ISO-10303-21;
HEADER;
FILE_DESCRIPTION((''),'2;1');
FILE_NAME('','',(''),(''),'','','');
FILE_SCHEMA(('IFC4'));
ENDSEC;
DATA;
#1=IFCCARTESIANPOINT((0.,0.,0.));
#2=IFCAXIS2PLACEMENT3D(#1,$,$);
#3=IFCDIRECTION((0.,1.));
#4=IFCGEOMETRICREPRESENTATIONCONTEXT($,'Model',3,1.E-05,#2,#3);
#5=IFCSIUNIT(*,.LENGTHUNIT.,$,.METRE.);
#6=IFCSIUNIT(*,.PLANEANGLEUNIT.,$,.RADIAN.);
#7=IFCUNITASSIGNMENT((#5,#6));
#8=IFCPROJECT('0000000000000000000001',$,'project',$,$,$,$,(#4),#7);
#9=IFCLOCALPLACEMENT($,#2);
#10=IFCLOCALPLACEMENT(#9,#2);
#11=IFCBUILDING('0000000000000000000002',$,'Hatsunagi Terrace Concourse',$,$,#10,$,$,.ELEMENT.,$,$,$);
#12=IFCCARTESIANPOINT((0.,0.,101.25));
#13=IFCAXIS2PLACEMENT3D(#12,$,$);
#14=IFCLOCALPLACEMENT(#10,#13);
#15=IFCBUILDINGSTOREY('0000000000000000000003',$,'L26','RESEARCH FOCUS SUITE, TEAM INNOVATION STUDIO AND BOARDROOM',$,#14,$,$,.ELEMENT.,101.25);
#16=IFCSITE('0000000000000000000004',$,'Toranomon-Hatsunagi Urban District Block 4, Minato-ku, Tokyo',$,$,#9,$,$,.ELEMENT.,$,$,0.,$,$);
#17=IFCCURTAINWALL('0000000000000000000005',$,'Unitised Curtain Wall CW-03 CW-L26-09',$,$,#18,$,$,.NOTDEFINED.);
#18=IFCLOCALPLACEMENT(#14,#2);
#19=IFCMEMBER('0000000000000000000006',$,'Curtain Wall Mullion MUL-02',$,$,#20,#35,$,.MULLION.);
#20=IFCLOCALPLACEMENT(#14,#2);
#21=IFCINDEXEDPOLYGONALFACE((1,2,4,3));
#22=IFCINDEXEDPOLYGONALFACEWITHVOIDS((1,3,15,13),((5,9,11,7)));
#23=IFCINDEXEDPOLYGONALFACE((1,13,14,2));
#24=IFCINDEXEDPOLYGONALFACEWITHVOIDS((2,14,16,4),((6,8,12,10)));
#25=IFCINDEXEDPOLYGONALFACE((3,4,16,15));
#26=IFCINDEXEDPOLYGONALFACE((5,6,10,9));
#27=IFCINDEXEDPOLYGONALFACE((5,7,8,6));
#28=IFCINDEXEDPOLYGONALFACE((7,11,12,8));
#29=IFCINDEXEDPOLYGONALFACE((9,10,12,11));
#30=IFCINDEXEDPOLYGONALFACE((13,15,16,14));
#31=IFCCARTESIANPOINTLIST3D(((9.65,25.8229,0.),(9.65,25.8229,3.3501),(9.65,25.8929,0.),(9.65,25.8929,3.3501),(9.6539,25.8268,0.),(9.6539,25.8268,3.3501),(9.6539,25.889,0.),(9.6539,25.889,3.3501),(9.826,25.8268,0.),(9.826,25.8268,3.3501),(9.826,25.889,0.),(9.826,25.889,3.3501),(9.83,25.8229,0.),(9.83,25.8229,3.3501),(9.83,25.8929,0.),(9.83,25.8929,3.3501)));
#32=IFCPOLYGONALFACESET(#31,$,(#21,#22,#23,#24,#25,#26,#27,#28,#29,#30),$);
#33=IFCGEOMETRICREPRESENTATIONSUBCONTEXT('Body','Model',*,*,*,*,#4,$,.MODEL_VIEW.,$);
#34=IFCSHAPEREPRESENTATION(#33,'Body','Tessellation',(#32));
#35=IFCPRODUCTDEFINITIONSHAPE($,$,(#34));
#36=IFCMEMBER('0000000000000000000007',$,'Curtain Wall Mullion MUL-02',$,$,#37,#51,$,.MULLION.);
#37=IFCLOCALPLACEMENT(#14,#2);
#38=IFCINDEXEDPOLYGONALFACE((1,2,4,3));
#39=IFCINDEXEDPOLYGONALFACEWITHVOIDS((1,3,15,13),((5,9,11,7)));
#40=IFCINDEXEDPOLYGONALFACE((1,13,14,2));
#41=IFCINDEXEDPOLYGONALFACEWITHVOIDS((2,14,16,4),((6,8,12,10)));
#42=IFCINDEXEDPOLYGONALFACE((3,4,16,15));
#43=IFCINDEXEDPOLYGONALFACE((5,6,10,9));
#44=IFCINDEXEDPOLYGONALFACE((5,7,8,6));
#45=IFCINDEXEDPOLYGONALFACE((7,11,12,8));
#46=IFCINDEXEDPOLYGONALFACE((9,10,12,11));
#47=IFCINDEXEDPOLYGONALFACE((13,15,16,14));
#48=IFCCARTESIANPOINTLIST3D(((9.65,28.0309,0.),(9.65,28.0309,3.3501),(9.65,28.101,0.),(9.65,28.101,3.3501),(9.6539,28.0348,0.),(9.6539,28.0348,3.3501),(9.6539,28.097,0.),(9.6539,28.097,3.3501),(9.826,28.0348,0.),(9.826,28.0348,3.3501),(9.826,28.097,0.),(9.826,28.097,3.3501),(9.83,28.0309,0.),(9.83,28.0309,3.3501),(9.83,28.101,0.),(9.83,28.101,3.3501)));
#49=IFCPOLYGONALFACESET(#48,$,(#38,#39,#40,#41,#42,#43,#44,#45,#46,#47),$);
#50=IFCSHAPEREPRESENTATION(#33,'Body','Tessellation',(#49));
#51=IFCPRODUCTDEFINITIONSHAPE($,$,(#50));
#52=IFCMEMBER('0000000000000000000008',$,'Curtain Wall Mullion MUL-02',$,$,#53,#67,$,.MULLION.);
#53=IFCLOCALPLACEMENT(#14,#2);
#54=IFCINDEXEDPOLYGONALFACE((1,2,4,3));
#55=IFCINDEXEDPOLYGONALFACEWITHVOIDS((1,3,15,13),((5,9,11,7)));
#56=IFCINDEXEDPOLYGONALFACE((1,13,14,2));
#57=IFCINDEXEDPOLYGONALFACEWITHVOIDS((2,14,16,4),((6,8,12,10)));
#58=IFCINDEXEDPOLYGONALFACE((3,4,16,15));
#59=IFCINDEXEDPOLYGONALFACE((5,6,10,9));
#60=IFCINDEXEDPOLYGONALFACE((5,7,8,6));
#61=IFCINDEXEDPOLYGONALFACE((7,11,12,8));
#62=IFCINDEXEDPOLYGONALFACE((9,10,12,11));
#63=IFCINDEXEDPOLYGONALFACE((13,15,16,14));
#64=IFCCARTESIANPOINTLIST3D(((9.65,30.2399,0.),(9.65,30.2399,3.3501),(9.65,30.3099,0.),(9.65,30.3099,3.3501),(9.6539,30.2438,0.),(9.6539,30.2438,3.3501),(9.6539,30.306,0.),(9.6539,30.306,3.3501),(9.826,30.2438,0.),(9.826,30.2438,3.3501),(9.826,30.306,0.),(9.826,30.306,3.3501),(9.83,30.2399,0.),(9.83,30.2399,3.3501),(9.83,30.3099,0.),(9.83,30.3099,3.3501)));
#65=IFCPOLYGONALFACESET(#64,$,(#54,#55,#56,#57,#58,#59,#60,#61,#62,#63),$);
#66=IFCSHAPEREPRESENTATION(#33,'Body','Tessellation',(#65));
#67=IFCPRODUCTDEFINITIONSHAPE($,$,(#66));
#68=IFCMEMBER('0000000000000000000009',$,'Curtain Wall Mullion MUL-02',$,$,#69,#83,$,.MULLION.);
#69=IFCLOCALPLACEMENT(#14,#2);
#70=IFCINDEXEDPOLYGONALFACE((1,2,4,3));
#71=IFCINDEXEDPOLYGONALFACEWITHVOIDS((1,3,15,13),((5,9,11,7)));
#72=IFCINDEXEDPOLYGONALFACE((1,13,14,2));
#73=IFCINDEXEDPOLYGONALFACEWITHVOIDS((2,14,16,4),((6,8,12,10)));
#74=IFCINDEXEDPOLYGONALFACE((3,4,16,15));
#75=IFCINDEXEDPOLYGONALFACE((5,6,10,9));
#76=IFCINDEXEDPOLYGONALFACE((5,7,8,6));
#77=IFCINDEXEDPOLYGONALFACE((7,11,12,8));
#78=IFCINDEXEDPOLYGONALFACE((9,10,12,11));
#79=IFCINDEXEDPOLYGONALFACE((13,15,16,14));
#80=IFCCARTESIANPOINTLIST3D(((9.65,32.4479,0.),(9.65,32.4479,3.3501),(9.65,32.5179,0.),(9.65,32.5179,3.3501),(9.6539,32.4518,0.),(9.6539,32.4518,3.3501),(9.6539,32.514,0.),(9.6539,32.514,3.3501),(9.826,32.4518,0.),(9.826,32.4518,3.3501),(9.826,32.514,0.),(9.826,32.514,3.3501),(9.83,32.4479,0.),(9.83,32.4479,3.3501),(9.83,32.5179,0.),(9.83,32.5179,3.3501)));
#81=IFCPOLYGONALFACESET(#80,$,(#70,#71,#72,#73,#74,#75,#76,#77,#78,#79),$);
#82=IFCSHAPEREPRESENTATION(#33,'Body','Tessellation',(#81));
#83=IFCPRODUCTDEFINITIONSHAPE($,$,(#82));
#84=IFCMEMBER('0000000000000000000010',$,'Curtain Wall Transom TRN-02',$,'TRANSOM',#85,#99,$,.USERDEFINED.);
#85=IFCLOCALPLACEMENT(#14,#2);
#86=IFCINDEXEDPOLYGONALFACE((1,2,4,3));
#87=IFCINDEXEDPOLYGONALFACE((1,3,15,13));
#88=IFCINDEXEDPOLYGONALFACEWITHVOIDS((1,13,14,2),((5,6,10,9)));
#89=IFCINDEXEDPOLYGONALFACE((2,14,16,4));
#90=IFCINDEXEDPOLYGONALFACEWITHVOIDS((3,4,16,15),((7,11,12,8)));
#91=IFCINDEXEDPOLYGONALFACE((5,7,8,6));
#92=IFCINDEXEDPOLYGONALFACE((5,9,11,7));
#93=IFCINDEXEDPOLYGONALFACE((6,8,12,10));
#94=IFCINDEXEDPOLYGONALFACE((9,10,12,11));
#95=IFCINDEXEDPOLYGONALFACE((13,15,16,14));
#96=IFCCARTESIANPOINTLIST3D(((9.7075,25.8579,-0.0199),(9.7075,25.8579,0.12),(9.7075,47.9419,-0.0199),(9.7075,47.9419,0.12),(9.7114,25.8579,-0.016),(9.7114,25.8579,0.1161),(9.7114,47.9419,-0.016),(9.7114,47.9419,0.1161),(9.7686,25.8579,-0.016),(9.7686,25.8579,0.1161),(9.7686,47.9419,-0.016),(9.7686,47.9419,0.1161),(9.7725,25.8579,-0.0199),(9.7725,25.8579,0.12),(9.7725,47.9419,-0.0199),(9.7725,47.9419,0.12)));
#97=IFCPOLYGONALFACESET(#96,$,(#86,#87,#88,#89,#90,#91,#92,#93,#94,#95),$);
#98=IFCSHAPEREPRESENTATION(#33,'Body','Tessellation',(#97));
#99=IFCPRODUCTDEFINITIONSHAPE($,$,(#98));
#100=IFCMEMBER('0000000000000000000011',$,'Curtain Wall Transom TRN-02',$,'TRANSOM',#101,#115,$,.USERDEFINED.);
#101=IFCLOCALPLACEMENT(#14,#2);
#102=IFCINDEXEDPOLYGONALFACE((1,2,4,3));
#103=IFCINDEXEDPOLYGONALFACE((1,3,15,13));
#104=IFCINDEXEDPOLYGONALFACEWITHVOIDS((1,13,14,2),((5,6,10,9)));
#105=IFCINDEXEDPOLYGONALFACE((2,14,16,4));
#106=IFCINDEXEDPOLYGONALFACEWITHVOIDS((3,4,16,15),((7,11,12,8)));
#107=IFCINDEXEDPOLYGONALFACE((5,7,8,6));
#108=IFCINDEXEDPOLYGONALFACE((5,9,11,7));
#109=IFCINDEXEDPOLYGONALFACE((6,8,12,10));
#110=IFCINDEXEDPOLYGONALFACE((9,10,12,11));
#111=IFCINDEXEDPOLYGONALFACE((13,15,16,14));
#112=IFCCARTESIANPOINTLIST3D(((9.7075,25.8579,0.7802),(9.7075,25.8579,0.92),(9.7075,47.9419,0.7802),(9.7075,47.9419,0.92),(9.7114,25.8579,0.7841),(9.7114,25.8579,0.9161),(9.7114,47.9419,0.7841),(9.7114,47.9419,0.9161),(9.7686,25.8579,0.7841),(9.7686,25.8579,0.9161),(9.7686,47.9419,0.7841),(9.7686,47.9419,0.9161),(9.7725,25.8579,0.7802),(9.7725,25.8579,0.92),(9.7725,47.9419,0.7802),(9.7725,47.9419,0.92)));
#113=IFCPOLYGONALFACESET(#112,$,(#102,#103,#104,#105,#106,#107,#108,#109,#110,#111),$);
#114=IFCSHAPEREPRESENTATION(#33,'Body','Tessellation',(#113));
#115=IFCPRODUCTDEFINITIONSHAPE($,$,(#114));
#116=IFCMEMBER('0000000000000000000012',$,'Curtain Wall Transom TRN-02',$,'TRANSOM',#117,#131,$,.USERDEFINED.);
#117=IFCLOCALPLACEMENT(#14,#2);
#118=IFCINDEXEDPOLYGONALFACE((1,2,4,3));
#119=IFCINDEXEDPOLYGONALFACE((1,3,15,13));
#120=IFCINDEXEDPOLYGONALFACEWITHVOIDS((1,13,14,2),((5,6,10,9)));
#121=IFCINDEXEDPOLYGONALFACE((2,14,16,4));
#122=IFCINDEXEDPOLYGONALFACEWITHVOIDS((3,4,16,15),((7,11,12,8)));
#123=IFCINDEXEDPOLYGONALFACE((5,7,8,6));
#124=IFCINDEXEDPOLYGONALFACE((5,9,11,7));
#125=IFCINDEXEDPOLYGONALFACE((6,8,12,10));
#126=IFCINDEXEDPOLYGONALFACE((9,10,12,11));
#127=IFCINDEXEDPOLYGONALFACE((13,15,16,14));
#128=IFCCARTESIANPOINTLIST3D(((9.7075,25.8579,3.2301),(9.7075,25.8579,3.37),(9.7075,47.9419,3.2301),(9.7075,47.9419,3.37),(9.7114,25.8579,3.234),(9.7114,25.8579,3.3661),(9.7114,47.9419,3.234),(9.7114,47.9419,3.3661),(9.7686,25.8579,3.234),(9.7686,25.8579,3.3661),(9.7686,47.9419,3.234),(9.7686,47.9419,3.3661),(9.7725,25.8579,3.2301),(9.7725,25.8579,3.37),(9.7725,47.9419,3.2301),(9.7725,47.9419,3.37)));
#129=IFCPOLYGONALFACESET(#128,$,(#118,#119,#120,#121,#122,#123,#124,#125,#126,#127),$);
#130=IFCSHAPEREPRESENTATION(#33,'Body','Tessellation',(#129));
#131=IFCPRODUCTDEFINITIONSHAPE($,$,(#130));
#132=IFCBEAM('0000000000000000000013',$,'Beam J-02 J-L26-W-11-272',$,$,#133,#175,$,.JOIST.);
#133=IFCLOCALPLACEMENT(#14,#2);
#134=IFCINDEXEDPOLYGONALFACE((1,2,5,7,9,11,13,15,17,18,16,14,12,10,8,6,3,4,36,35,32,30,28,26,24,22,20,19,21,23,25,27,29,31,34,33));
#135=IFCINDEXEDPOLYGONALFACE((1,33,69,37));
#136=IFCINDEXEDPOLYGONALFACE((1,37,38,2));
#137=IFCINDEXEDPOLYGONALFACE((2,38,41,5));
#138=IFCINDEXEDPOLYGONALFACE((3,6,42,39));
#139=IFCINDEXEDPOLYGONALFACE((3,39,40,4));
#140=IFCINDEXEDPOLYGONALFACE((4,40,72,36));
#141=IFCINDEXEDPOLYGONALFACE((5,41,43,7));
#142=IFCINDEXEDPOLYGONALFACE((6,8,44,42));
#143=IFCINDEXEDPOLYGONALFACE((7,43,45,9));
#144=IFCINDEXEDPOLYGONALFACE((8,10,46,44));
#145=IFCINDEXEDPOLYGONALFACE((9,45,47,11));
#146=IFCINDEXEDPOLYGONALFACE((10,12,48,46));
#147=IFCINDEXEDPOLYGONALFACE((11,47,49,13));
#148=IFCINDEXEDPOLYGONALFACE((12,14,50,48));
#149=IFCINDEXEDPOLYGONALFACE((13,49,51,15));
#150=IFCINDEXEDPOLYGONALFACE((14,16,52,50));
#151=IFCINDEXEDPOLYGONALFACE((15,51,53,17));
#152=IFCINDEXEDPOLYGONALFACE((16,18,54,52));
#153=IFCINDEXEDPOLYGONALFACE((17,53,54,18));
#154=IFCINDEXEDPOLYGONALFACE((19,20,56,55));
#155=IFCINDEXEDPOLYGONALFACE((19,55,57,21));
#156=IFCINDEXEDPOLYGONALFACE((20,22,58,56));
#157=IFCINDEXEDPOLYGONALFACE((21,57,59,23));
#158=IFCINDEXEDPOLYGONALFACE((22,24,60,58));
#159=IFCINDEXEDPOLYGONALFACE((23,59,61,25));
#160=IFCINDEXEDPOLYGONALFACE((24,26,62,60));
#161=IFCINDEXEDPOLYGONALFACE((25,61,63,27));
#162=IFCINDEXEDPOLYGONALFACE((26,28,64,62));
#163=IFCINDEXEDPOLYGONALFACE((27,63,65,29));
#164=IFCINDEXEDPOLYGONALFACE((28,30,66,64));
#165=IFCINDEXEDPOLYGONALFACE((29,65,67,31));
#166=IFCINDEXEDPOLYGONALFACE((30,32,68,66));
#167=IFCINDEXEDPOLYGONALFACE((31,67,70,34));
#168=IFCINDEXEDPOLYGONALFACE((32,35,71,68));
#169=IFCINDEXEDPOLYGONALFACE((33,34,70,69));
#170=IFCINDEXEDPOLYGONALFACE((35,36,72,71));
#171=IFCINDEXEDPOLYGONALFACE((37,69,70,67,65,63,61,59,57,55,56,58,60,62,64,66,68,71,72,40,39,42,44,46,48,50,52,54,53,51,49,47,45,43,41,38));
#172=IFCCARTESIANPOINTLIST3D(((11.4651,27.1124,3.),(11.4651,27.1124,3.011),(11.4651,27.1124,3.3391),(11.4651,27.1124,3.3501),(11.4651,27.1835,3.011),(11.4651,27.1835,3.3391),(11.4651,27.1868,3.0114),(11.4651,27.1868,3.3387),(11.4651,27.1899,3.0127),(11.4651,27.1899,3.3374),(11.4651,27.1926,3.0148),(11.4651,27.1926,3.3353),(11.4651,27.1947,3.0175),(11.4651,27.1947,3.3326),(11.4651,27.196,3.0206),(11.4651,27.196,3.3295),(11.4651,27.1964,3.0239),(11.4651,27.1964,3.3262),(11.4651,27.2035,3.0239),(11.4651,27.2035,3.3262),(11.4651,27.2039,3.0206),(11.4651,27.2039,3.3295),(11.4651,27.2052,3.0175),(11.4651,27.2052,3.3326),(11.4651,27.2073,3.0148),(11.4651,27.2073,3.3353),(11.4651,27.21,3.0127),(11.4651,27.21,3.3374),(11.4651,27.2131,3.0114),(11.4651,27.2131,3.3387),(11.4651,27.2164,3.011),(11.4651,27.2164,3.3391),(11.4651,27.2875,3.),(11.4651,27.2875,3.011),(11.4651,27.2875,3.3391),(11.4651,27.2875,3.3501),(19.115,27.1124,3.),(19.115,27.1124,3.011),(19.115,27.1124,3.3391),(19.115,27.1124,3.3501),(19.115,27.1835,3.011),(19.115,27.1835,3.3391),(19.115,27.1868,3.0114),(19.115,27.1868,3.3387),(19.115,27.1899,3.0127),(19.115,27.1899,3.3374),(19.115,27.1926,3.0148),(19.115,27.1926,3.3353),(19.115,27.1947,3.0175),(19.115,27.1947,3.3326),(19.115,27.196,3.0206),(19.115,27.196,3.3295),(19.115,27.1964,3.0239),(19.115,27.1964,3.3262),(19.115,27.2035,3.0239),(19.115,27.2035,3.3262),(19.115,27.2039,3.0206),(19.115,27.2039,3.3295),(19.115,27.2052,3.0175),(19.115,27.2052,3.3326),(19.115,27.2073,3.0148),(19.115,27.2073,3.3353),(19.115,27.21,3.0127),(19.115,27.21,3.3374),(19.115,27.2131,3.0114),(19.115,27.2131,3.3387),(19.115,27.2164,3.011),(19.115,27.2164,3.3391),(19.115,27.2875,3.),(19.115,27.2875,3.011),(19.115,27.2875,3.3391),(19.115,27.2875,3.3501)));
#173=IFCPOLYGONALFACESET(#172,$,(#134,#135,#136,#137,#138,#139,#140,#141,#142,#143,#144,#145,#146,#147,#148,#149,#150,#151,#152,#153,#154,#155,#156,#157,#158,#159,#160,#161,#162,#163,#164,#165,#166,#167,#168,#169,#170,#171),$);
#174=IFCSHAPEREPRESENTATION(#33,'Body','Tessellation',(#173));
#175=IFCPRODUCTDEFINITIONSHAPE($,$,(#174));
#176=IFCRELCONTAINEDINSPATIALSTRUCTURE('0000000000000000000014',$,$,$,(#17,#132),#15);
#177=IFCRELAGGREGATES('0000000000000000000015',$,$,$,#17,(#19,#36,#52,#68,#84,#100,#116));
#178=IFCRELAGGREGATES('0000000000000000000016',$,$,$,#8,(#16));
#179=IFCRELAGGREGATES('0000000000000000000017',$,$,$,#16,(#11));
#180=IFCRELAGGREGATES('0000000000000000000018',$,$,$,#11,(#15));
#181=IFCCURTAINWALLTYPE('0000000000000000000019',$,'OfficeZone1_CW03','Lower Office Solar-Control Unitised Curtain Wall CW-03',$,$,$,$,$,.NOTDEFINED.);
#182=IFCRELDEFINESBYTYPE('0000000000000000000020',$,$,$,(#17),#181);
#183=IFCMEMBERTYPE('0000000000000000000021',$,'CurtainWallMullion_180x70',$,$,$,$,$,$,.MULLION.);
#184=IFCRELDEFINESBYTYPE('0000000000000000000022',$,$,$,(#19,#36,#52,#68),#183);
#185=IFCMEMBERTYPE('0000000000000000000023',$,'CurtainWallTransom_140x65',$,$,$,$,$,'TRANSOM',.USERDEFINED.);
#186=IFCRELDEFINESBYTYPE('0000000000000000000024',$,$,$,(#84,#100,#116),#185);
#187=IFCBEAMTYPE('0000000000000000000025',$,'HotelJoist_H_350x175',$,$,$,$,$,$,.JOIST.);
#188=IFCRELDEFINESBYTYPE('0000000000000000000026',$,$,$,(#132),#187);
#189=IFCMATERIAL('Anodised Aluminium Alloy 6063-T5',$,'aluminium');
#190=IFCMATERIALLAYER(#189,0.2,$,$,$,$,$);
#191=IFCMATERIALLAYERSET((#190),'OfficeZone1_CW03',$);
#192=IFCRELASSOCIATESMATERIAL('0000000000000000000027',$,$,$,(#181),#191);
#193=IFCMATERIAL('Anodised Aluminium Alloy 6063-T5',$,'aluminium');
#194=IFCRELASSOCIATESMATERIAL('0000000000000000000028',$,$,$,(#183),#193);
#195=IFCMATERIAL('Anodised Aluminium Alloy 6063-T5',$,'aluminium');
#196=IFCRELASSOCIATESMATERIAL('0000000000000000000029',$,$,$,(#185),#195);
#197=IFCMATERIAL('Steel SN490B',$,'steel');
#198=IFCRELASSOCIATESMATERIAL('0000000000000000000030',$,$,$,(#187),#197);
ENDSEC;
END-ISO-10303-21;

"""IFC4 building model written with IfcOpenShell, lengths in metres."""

from ifc_helpers import new_model, si_unit, direction, frame, origin, origin_2d, place, context, subcontext, project, spatial, hollow_rectangle, i_section, extrude, material, layer, layer_set, material_profile, profile_set, type_object, element, aggregate, save


model = new_model("IFC4")

# Units and contexts
model_context = context("Model", 3, precision=1e-05, world=origin(), true_north=direction((0.0, 1.0)))
body_context = subcontext(model_context, "Body", "Model", "MODEL_VIEW")
ifc_project = project(units=[si_unit("LENGTHUNIT", "METRE"), si_unit("PLANEANGLEUNIT", "RADIAN")], contexts=[model_context])

# Site, building, storey
site_placement = place(None, origin())
site = spatial("IfcSite", under=ifc_project, at=site_placement, Name="Toranomon-Hatsunagi Urban District Block 4, Minato-ku, Tokyo", CompositionType="ELEMENT", RefElevation=0.0)
building_placement = place(site_placement, origin())
building = spatial("IfcBuilding", under=site, at=building_placement, Name="Hatsunagi Terrace Concourse", CompositionType="ELEMENT")
storey_placement = place(building_placement, frame((0.0, 0.0, 101.25)))
storey = spatial("IfcBuildingStorey", under=building, at=storey_placement, Name="L26", Description="RESEARCH FOCUS SUITE, TEAM INNOVATION STUDIO AND BOARDROOM", CompositionType="ELEMENT", Elevation=101.25)

# Curtain wall, members
ifc_material_1 = material(Name="Anodised Aluminium Alloy 6063-T5", Category="aluminium")
ifc_layer_1 = layer(ifc_material_1, 0.2)
ifc_layer_set_1 = layer_set([ifc_layer_1], Name="OfficeZone1_CW03")
curtain_wall_type = type_object("IfcCurtainWallType", Name="OfficeZone1_CW03", Description="Lower Office Solar-Control Unitised Curtain Wall CW-03", PredefinedType="NOTDEFINED", material=ifc_layer_set_1)
curtain_wall_placement = place(storey_placement, origin())
curtain_wall = element("IfcCurtainWall", 1, at=curtain_wall_placement, inside=storey, type_object=curtain_wall_type, Name="Unitised Curtain Wall CW-03 CW-L26-09", PredefinedType="NOTDEFINED")
ifc_material_2 = material(Name="Anodised Aluminium Alloy 6063-T5", Category="aluminium")
ifc_material_profile_1 = material_profile(ifc_material_2, hollow_rectangle(XDim=0.0701, YDim=0.1799, WallThickness=0.0039, at=origin_2d()), Name="ALU-MUL-180x70x4")
ifc_profile_set_1 = profile_set([ifc_material_profile_1], Name="Anodised Aluminium Alloy 6063-T5")
member_type_1 = type_object("IfcMemberType", Name="CurtainWallMullion_180x70", PredefinedType="MULLION", material=ifc_profile_set_1)
member_1_placement = place(storey_placement, frame((9.74, 25.8579, 0.0), z_axis=(0.0, 0.0, 1.0), x_axis=(0.0, 1.0, 0.0)))
member_1 = element("IfcMember", 2, at=member_1_placement, type_object=member_type_1, Name="Curtain Wall Mullion MUL-02", PredefinedType="MULLION", context=body_context, shape_type="SweptSolid", body=[
    extrude(hollow_rectangle(XDim=0.0701, YDim=0.1799, WallThickness=0.0039, at=origin_2d()), origin(), (0.0, 0.0, 1.0), 3.3501),
])
member_2_placement = place(storey_placement, frame((9.74, 28.0659, 0.0), z_axis=(0.0, 0.0, 1.0), x_axis=(0.0, 1.0, 0.0)))
member_2 = element("IfcMember", 3, at=member_2_placement, type_object=member_type_1, Name="Curtain Wall Mullion MUL-02", PredefinedType="MULLION", context=body_context, shape_type="SweptSolid", body=[
    extrude(hollow_rectangle(XDim=0.0701, YDim=0.1799, WallThickness=0.0039, at=origin_2d()), origin(), (0.0, 0.0, 1.0), 3.3501),
])
member_3_placement = place(storey_placement, frame((9.74, 30.2749, 0.0), z_axis=(0.0, 0.0, 1.0), x_axis=(0.0, 1.0, 0.0)))
member_3 = element("IfcMember", 4, at=member_3_placement, type_object=member_type_1, Name="Curtain Wall Mullion MUL-02", PredefinedType="MULLION", context=body_context, shape_type="SweptSolid", body=[
    extrude(hollow_rectangle(XDim=0.0701, YDim=0.1799, WallThickness=0.0039, at=origin_2d()), origin(), (0.0, 0.0, 1.0), 3.3501),
])
member_4_placement = place(storey_placement, frame((9.74, 32.4829, 0.0), z_axis=(0.0, 0.0, 1.0), x_axis=(0.0, 1.0, 0.0)))
member_4 = element("IfcMember", 5, at=member_4_placement, type_object=member_type_1, Name="Curtain Wall Mullion MUL-02", PredefinedType="MULLION", context=body_context, shape_type="SweptSolid", body=[
    extrude(hollow_rectangle(XDim=0.0701, YDim=0.1799, WallThickness=0.0039, at=origin_2d()), origin(), (0.0, 0.0, 1.0), 3.3501),
])
ifc_material_3 = material(Name="Anodised Aluminium Alloy 6063-T5", Category="aluminium")
ifc_material_profile_2 = material_profile(ifc_material_3, hollow_rectangle(XDim=0.0649, YDim=0.1399, WallThickness=0.0039, at=origin_2d()), Name="ALU-TRN-140x65x4")
ifc_profile_set_2 = profile_set([ifc_material_profile_2], Name="Anodised Aluminium Alloy 6063-T5")
member_type_2 = type_object("IfcMemberType", Name="CurtainWallTransom_140x65", ElementType="TRANSOM", PredefinedType="USERDEFINED", material=ifc_profile_set_2)
member_5_placement = place(storey_placement, frame((9.74, 25.8579, 0.05), z_axis=(0.0, 1.0, 0.0), x_axis=(-1.0, 0.0, 0.0)))
member_5 = element("IfcMember", 6, at=member_5_placement, type_object=member_type_2, Name="Curtain Wall Transom TRN-02", ObjectType="TRANSOM", PredefinedType="USERDEFINED", context=body_context, shape_type="SweptSolid", body=[
    extrude(hollow_rectangle(XDim=0.0649, YDim=0.1399, WallThickness=0.0039, at=origin_2d()), origin(), (0.0, 0.0, 1.0), 22.084),
])
member_6_placement = place(storey_placement, frame((9.74, 25.8579, 0.8501), z_axis=(0.0, 1.0, 0.0), x_axis=(-1.0, 0.0, 0.0)))
member_6 = element("IfcMember", 7, at=member_6_placement, type_object=member_type_2, Name="Curtain Wall Transom TRN-02", ObjectType="TRANSOM", PredefinedType="USERDEFINED", context=body_context, shape_type="SweptSolid", body=[
    extrude(hollow_rectangle(XDim=0.0649, YDim=0.1399, WallThickness=0.0039, at=origin_2d()), origin(), (0.0, 0.0, 1.0), 22.084),
])
member_7_placement = place(storey_placement, frame((9.74, 25.8579, 3.3), z_axis=(0.0, 1.0, 0.0), x_axis=(-1.0, 0.0, 0.0)))
member_7 = element("IfcMember", 8, at=member_7_placement, type_object=member_type_2, Name="Curtain Wall Transom TRN-02", ObjectType="TRANSOM", PredefinedType="USERDEFINED", context=body_context, shape_type="SweptSolid", body=[
    extrude(hollow_rectangle(XDim=0.0649, YDim=0.1399, WallThickness=0.0039, at=origin_2d()), origin(), (0.0, 0.0, 1.0), 22.084),
])

# Beam
ifc_material_4 = material(Name="Steel SN490B", Category="steel")
ifc_material_profile_3 = material_profile(ifc_material_4, i_section(OverallWidth=0.175, OverallDepth=0.3501, WebThickness=0.0071, FlangeThickness=0.011, FilletRadius=0.0129, at=origin_2d()), Name="H-350x175x7x11")
ifc_profile_set_3 = profile_set([ifc_material_profile_3], Name="Steel SN490B")
beam_type_1 = type_object("IfcBeamType", Name="HotelJoist_H_350x175", PredefinedType="JOIST", material=ifc_profile_set_3)
for number, where, z_axis, x_axis, name in (
    (9, (11.4651, 27.2, 3.175), (1.0, 0.0, 0.0), (0.0, 1.0, 0.0), "Beam J-02 J-L26-W-11-272"),
):
    element("IfcBeam", number, at=place(storey_placement, frame(where, z_axis=z_axis, x_axis=x_axis)), inside=storey, type_object=beam_type_1, Name=name, PredefinedType="JOIST", context=body_context, shape_type="SweptSolid", body=[
        extrude(i_section(OverallWidth=0.175, OverallDepth=0.3501, WebThickness=0.0071, FlangeThickness=0.011, FilletRadius=0.0129, at=origin_2d()), origin(), (0.0, 0.0, 1.0), 7.6499),
    ])

aggregate(curtain_wall, [member_1, member_2, member_3, member_4, member_5, member_6, member_7])

save(model, "model.ifc")
